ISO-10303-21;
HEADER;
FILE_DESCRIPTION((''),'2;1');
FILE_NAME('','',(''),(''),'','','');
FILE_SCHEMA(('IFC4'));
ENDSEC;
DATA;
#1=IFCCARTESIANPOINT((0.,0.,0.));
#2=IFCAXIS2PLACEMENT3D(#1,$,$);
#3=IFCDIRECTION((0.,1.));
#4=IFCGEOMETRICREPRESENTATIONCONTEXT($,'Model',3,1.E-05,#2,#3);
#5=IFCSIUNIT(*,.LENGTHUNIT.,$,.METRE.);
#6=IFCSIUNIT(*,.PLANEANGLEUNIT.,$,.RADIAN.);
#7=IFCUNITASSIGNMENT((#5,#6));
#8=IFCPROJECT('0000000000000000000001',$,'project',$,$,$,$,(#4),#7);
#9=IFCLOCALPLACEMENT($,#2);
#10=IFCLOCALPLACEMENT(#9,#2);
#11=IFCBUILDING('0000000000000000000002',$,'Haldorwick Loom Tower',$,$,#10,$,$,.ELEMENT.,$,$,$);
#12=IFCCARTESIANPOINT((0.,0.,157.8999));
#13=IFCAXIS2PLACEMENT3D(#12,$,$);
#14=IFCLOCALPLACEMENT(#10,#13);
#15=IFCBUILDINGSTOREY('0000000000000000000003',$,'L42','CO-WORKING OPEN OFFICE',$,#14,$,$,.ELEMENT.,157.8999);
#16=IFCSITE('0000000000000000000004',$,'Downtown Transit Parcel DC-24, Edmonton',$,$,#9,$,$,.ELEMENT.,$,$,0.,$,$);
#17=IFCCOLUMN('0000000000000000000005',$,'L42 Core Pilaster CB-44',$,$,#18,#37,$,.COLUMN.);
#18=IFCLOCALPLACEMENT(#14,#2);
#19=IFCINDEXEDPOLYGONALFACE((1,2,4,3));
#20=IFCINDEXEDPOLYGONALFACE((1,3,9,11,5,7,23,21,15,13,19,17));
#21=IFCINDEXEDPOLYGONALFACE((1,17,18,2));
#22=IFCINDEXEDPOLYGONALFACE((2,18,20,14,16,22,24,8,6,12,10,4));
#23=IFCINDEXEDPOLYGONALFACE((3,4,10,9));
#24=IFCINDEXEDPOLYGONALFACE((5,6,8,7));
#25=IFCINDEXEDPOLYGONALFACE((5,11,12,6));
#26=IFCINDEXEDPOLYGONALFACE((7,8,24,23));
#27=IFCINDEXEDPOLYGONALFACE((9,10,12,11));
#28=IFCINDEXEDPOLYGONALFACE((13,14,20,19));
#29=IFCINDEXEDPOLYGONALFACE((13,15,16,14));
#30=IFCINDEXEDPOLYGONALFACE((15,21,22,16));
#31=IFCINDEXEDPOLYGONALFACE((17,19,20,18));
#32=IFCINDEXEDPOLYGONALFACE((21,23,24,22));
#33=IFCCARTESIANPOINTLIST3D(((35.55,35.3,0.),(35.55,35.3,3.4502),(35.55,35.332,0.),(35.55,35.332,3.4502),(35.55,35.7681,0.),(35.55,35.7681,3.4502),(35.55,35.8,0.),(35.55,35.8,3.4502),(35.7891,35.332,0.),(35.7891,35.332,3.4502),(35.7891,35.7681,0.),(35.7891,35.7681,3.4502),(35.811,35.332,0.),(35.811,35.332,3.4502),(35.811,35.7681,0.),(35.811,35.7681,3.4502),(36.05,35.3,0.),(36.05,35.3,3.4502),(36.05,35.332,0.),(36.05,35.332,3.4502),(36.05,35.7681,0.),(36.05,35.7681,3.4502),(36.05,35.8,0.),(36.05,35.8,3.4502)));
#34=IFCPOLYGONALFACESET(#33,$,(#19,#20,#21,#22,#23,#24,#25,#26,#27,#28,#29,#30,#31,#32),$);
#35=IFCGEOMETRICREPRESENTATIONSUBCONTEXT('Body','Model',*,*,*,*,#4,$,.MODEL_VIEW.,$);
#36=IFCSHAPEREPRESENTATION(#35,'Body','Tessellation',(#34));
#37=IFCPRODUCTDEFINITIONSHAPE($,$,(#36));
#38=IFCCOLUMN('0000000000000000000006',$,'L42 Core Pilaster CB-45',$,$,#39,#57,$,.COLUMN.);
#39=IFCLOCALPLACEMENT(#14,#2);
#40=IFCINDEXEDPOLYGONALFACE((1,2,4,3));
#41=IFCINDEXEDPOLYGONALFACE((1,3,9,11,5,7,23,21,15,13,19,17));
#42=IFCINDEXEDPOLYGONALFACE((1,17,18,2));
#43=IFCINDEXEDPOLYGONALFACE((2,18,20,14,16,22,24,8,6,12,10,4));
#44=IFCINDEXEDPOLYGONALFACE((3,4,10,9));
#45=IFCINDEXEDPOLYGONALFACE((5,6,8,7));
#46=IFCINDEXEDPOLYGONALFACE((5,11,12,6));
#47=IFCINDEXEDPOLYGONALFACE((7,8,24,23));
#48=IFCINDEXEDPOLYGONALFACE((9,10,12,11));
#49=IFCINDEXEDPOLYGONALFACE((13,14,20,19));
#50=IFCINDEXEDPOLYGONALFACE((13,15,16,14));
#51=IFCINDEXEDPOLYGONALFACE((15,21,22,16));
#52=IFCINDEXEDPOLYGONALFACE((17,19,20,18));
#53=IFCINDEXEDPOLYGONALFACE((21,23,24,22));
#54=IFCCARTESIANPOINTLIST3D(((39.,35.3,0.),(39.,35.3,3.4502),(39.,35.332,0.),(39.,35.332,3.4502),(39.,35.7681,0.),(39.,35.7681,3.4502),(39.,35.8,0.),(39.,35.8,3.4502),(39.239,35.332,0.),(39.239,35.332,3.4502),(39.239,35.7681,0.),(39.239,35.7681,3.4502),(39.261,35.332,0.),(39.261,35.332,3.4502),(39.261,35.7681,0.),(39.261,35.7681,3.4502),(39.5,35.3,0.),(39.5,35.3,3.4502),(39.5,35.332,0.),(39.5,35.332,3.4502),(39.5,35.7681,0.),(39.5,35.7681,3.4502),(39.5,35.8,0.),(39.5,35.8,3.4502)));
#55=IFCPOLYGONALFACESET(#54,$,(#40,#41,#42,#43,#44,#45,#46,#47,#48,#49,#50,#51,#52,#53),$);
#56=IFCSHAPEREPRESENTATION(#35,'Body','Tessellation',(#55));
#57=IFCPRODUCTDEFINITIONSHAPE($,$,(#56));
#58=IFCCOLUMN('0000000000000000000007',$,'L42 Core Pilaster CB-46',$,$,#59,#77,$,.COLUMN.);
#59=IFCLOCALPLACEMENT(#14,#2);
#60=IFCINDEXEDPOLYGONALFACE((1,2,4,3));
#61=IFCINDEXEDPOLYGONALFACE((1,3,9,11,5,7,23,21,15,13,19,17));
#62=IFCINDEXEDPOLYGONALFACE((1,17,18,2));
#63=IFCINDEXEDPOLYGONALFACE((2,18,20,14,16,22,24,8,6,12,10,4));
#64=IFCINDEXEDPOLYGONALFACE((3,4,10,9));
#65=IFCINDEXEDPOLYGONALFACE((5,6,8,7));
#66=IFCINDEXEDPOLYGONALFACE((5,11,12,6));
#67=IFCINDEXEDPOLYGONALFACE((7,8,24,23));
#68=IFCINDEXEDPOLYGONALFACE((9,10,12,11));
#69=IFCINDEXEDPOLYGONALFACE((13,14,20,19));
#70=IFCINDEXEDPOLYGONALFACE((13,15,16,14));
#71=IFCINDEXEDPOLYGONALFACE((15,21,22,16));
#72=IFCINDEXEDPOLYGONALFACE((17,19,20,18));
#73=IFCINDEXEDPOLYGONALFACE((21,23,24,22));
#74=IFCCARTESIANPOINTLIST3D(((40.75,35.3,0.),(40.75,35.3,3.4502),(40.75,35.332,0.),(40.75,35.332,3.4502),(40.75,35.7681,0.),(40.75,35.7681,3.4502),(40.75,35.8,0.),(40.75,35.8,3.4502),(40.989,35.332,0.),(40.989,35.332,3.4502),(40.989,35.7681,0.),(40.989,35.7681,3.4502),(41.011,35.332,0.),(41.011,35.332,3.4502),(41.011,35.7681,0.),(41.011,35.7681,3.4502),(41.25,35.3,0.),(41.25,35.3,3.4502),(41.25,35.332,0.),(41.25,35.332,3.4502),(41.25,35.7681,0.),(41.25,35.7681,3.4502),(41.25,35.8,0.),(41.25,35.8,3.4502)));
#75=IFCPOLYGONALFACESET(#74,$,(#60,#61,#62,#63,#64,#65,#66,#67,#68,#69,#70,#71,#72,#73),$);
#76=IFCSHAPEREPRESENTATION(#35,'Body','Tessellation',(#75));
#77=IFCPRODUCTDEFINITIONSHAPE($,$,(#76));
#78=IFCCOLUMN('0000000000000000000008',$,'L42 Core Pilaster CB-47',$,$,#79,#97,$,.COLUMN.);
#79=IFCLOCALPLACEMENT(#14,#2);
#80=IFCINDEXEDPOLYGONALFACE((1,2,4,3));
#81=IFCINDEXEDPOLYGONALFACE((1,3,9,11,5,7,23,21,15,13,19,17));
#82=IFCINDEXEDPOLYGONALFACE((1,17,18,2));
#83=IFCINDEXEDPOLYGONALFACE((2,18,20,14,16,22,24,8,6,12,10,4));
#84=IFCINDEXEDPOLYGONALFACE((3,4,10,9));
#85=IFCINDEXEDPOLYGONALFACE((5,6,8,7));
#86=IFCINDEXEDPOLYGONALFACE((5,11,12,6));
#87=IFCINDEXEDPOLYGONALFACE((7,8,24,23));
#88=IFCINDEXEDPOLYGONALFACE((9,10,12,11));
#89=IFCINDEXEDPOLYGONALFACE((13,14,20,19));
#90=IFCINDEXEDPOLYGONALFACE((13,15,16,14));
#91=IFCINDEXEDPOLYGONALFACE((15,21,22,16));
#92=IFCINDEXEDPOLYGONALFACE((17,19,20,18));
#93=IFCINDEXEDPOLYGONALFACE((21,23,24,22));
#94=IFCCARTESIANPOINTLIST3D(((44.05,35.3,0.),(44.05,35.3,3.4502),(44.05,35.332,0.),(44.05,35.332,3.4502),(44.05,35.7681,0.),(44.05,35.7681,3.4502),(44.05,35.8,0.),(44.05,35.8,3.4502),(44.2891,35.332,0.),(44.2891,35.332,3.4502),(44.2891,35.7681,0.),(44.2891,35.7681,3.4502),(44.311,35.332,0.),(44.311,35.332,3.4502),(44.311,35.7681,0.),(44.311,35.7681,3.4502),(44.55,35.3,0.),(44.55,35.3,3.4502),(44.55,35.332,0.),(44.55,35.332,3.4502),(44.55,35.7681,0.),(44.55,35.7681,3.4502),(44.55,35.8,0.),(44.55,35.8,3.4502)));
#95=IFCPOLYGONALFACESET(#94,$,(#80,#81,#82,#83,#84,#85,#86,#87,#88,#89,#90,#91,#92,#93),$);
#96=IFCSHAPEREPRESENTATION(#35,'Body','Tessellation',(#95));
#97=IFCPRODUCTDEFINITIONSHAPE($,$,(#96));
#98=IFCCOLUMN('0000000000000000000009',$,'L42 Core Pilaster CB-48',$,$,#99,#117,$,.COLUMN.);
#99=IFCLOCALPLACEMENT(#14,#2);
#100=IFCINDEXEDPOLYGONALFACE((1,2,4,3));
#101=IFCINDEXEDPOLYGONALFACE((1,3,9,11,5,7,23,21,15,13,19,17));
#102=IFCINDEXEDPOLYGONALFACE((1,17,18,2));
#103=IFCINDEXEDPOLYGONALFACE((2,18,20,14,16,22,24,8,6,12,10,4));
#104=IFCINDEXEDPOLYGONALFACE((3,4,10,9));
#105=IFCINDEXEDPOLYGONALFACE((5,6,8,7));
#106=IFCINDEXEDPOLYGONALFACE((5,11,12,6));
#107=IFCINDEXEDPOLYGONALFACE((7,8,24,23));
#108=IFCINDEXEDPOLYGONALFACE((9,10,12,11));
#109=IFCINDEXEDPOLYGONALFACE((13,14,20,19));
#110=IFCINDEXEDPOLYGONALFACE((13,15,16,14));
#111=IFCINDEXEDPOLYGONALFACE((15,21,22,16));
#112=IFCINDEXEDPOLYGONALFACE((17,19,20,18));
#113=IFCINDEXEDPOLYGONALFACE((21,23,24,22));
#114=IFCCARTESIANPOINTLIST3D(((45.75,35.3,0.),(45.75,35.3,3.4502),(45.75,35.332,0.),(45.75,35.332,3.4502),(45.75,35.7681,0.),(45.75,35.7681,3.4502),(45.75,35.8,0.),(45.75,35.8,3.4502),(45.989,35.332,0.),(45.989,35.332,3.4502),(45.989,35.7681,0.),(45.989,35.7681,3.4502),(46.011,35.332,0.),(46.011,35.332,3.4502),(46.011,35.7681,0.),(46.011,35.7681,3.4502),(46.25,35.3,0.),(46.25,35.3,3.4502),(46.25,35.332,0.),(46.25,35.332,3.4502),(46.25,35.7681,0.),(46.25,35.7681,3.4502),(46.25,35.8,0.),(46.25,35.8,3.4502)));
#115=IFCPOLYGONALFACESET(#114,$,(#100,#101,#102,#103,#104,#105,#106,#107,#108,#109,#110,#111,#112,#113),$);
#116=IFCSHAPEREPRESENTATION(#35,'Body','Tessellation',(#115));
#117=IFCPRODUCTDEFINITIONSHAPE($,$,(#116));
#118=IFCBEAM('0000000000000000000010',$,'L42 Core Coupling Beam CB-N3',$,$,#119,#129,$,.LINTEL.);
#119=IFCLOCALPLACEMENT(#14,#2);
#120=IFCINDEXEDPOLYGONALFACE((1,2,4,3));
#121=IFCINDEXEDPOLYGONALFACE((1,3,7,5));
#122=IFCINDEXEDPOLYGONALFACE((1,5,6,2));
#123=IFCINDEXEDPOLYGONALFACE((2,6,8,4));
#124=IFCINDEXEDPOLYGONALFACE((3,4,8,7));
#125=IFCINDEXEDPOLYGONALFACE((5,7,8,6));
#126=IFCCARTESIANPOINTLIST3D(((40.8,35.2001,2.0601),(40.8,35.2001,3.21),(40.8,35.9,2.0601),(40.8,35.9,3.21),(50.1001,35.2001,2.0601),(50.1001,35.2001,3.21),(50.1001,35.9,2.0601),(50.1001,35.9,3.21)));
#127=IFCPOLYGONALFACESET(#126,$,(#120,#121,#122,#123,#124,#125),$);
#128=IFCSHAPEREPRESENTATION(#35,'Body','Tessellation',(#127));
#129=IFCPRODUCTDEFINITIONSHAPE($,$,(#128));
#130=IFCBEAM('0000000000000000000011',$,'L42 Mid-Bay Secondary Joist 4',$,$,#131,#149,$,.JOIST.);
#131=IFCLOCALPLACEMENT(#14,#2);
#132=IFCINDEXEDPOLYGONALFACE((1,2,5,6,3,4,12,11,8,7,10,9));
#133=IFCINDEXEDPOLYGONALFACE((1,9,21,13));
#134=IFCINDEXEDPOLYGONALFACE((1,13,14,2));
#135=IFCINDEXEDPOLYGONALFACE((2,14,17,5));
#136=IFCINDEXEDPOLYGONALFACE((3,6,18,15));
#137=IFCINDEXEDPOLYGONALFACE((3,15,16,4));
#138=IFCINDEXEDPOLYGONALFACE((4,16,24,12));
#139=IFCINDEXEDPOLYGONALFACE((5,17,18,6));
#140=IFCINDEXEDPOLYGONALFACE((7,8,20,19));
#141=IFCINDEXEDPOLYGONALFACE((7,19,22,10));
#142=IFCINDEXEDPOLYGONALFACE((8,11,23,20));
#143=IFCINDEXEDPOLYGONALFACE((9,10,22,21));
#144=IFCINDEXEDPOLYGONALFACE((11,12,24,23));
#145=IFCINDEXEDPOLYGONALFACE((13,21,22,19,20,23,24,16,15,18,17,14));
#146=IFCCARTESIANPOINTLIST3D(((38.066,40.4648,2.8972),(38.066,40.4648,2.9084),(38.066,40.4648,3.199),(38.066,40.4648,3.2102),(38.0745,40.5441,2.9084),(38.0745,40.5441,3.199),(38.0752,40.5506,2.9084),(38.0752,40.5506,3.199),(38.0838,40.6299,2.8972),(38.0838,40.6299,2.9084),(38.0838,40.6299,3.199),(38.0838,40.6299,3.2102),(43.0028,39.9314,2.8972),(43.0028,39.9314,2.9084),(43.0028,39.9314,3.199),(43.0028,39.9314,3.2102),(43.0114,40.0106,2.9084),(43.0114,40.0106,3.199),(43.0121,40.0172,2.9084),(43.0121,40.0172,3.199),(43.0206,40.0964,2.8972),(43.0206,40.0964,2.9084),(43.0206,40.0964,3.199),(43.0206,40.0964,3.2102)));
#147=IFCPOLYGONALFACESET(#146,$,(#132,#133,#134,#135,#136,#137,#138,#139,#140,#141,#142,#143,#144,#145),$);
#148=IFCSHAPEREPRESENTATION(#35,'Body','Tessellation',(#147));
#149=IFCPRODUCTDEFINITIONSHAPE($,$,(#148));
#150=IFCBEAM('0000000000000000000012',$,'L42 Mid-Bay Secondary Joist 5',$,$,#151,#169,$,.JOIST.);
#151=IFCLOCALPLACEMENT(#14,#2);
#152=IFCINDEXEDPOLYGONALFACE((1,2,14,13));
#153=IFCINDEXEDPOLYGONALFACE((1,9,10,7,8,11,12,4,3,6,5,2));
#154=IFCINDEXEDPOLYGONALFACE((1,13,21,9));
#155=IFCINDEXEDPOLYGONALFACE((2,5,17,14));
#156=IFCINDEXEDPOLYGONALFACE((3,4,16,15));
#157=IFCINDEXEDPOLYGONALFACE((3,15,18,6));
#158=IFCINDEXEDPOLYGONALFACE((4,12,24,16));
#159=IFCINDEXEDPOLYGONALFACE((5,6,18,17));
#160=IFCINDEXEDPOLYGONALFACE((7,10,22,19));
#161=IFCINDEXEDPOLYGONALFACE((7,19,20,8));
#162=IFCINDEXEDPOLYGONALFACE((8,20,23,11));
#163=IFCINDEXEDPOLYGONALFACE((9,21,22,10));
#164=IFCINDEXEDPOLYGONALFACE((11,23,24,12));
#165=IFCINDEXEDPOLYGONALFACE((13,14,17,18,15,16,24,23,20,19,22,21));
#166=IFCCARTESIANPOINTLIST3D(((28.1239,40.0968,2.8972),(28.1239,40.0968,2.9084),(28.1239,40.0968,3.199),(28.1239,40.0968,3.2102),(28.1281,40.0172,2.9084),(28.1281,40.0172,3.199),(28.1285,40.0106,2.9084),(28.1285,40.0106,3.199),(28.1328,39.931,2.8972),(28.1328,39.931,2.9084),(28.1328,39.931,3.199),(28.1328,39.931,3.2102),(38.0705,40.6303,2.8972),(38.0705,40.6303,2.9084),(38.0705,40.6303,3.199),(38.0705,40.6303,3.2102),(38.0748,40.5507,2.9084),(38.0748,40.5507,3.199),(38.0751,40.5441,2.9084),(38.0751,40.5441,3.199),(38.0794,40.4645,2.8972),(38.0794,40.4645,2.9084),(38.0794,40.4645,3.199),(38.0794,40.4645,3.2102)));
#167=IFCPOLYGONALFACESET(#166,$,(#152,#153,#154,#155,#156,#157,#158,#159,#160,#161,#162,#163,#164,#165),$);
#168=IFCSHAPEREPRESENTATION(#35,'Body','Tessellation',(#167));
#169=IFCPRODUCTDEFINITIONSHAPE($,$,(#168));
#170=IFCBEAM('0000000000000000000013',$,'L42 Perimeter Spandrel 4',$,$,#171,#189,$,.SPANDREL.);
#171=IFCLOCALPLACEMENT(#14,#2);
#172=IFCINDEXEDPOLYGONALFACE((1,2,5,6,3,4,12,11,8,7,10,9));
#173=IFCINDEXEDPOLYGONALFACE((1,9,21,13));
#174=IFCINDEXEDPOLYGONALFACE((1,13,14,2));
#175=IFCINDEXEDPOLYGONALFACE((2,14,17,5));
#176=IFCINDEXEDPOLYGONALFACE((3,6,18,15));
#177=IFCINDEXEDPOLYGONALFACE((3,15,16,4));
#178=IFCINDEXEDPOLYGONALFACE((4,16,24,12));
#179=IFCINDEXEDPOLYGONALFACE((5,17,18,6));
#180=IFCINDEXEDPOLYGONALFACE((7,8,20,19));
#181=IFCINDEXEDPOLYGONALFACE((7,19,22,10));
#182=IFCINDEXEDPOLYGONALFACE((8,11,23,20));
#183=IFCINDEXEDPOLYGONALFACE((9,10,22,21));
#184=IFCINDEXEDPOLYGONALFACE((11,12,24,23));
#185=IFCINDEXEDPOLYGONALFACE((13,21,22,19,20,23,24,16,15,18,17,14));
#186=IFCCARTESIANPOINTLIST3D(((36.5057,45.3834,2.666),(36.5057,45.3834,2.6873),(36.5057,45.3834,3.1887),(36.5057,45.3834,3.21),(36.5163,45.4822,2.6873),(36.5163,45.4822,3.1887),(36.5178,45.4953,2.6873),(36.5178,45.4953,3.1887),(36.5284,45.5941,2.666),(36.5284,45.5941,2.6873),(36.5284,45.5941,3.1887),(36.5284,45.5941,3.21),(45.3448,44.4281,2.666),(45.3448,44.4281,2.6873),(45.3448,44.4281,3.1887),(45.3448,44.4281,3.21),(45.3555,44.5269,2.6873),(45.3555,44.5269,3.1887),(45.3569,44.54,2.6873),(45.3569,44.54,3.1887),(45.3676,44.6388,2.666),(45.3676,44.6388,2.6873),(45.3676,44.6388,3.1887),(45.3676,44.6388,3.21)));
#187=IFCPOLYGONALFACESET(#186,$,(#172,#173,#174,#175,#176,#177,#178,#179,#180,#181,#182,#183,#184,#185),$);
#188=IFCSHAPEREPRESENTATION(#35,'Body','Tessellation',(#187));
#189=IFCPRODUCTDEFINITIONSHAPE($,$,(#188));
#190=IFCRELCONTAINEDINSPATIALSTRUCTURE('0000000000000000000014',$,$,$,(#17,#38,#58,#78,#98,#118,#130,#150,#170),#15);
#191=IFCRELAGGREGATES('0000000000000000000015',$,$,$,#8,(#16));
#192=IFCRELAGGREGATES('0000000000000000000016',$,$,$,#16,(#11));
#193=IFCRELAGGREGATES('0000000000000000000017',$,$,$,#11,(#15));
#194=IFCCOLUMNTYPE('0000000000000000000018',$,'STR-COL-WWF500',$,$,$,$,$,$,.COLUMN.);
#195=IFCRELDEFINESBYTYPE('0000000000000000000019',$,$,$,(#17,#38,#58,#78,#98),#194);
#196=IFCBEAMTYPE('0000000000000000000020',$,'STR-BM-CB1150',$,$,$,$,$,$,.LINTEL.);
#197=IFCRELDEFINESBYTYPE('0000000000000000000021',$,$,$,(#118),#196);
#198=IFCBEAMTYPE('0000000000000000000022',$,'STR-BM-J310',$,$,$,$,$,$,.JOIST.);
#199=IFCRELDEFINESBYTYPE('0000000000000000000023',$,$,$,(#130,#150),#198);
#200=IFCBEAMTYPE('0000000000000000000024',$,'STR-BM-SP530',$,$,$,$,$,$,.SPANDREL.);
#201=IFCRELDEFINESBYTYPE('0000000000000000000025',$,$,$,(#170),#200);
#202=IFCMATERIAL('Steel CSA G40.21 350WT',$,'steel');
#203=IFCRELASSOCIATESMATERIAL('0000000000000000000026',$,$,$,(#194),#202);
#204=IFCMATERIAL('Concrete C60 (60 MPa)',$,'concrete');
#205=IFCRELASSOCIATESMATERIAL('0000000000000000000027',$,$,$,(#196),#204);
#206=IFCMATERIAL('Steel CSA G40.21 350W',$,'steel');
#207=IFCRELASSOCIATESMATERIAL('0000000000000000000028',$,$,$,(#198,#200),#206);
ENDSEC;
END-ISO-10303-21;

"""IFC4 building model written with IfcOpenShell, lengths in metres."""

from ifc_helpers import new_model, si_unit, direction, frame, origin, origin_2d, place, context, subcontext, project, spatial, rectangle, i_section, extrude, material, material_profile, profile_set, type_object, element, save


model = new_model("IFC4")

# Units and contexts
model_context = context("Model", 3, precision=1e-05, world=origin(), true_north=direction((0.0, 1.0)))
body_context = subcontext(model_context, "Body", "Model", "MODEL_VIEW")
ifc_project = project(units=[si_unit("LENGTHUNIT", "METRE"), si_unit("PLANEANGLEUNIT", "RADIAN")], contexts=[model_context])

# Site, building, storey
site_placement = place(None, origin())
site = spatial("IfcSite", under=ifc_project, at=site_placement, Name="Downtown Transit Parcel DC-24, Edmonton", CompositionType="ELEMENT", RefElevation=0.0)
building_placement = place(site_placement, origin())
building = spatial("IfcBuilding", under=site, at=building_placement, Name="Haldorwick Loom Tower", CompositionType="ELEMENT")
storey_placement = place(building_placement, frame((0.0, 0.0, 157.8999)))
storey = spatial("IfcBuildingStorey", under=building, at=storey_placement, Name="L42", Description="CO-WORKING OPEN OFFICE", CompositionType="ELEMENT", Elevation=157.8999)

# Columns
ifc_material_1 = material(Name="Concrete C60 (60 MPa)", Category="concrete")
ifc_material_2 = material(Name="Steel CSA G40.21 350WT", Category="steel")
ifc_material_profile_1 = material_profile(ifc_material_2, i_section(OverallWidth=0.5, OverallDepth=0.5, WebThickness=0.022, FlangeThickness=0.032, at=origin_2d()), Name="WWF500X500", Category="steel")
ifc_profile_set_1 = profile_set([ifc_material_profile_1], Name="Steel CSA G40.21 350WT")
column_type_1 = type_object("IfcColumnType", Name="STR-COL-WWF500", PredefinedType="COLUMN", material=ifc_profile_set_1)
for number, where, z_axis, x_axis, name in (
    (1, (35.8, 35.55, 0.0), (0.0, 0.0, 1.0), (1.0, 0.0, 0.0), "L42 Core Pilaster CB-44"),
    (2, (39.25, 35.55, 0.0), (0.0, 0.0, 1.0), (1.0, 0.0, 0.0), "L42 Core Pilaster CB-45"),
    (3, (41.0, 35.55, 0.0), (0.0, 0.0, 1.0), (1.0, 0.0, 0.0), "L42 Core Pilaster CB-46"),
    (4, (44.3, 35.55, 0.0), (0.0, 0.0, 1.0), (1.0, 0.0, 0.0), "L42 Core Pilaster CB-47"),
    (5, (46.0, 35.55, 0.0), (0.0, 0.0, 1.0), (1.0, 0.0, 0.0), "L42 Core Pilaster CB-48"),
):
    element("IfcColumn", number, at=place(storey_placement, frame(where, z_axis=z_axis, x_axis=x_axis)), inside=storey, type_object=column_type_1, Name=name, PredefinedType="COLUMN", context=body_context, shape_type="SweptSolid", body=[
        extrude(i_section(OverallWidth=0.5, OverallDepth=0.5, WebThickness=0.022, FlangeThickness=0.032, at=origin_2d()), origin(), (0.0, 0.0, 1.0), 3.4502),
    ])

# Beams
ifc_material_profile_2 = material_profile(ifc_material_1, rectangle(XDim=0.7, YDim=1.1499, at=origin_2d()), Name="RC700X1150", Category="concrete")
ifc_profile_set_2 = profile_set([ifc_material_profile_2], Name="Concrete C60 (60 MPa)")
beam_type_1 = type_object("IfcBeamType", Name="STR-BM-CB1150", PredefinedType="LINTEL", material=ifc_profile_set_2)
beam_1_placement = place(storey_placement, frame((40.8, 35.55, 2.635), z_axis=(1.0, 0.0, 0.0), x_axis=(0.0, 1.0, 0.0)))
element("IfcBeam", 6, at=beam_1_placement, inside=storey, type_object=beam_type_1, Name="L42 Core Coupling Beam CB-N3", PredefinedType="LINTEL", context=body_context, shape_type="SweptSolid", body=[
    extrude(rectangle(XDim=0.7, YDim=1.1499, at=origin_2d()), origin(), (0.0, 0.0, 1.0), 9.3),
])
ifc_material_3 = material(Name="Steel CSA G40.21 350W", Category="steel")
ifc_material_profile_3 = material_profile(ifc_material_3, i_section(OverallWidth=0.166, OverallDepth=0.313, WebThickness=0.0066, FlangeThickness=0.0112, at=origin_2d()), Name="W310X45", Category="steel")
ifc_profile_set_3 = profile_set([ifc_material_profile_3], Name="Steel CSA G40.21 350W")
beam_type_2 = type_object("IfcBeamType", Name="STR-BM-J310", PredefinedType="JOIST", material=ifc_profile_set_3)
beam_2_placement = place(storey_placement, frame((43.0117, 40.0139, 3.0537), z_axis=(-0.994213, 0.107431, 0.0), x_axis=(-0.107431, -0.994213, 0.0)))
element("IfcBeam", 7, at=beam_2_placement, inside=storey, type_object=beam_type_2, Name="L42 Mid-Bay Secondary Joist 4", PredefinedType="JOIST", context=body_context, shape_type="SweptSolid", body=[
    extrude(i_section(OverallWidth=0.166, OverallDepth=0.313, WebThickness=0.0066, FlangeThickness=0.0112, at=origin_2d()), origin(), (0.0, 0.0, 1.0), 4.9656),
])
beam_3_placement = place(storey_placement, frame((38.075, 40.5474, 3.0537), z_axis=(-0.998565, -0.053555, 0.0), x_axis=(0.053555, -0.998565, 0.0)))
element("IfcBeam", 8, at=beam_3_placement, inside=storey, type_object=beam_type_2, Name="L42 Mid-Bay Secondary Joist 5", PredefinedType="JOIST", context=body_context, shape_type="SweptSolid", body=[
    extrude(i_section(OverallWidth=0.166, OverallDepth=0.313, WebThickness=0.0066, FlangeThickness=0.0112, at=origin_2d()), origin(), (0.0, 0.0, 1.0), 9.9609),
])
ifc_material_profile_4 = material_profile(ifc_material_3, i_section(OverallWidth=0.2119, OverallDepth=0.5439, WebThickness=0.0132, FlangeThickness=0.0212, at=origin_2d()), Name="W530X123", Category="steel")
ifc_profile_set_4 = profile_set([ifc_material_profile_4], Name="Steel CSA G40.21 350W")
beam_type_3 = type_object("IfcBeamType", Name="STR-BM-SP530", PredefinedType="SPANDREL", material=ifc_profile_set_4)
for number, where, z_axis, x_axis, name in (
    (9, (45.3562, 44.5334, 2.938), (-0.99421, 0.107453, 0.0), (-0.107453, -0.99421, 0.0), "L42 Perimeter Spandrel 4"),
):
    element("IfcBeam", number, at=place(storey_placement, frame(where, z_axis=z_axis, x_axis=x_axis)), inside=storey, type_object=beam_type_3, Name=name, PredefinedType="SPANDREL", context=body_context, shape_type="SweptSolid", body=[
        extrude(i_section(OverallWidth=0.2119, OverallDepth=0.5439, WebThickness=0.0132, FlangeThickness=0.0212, at=origin_2d()), origin(), (0.0, 0.0, 1.0), 8.8906),
    ])

save(model, "model.ifc")
